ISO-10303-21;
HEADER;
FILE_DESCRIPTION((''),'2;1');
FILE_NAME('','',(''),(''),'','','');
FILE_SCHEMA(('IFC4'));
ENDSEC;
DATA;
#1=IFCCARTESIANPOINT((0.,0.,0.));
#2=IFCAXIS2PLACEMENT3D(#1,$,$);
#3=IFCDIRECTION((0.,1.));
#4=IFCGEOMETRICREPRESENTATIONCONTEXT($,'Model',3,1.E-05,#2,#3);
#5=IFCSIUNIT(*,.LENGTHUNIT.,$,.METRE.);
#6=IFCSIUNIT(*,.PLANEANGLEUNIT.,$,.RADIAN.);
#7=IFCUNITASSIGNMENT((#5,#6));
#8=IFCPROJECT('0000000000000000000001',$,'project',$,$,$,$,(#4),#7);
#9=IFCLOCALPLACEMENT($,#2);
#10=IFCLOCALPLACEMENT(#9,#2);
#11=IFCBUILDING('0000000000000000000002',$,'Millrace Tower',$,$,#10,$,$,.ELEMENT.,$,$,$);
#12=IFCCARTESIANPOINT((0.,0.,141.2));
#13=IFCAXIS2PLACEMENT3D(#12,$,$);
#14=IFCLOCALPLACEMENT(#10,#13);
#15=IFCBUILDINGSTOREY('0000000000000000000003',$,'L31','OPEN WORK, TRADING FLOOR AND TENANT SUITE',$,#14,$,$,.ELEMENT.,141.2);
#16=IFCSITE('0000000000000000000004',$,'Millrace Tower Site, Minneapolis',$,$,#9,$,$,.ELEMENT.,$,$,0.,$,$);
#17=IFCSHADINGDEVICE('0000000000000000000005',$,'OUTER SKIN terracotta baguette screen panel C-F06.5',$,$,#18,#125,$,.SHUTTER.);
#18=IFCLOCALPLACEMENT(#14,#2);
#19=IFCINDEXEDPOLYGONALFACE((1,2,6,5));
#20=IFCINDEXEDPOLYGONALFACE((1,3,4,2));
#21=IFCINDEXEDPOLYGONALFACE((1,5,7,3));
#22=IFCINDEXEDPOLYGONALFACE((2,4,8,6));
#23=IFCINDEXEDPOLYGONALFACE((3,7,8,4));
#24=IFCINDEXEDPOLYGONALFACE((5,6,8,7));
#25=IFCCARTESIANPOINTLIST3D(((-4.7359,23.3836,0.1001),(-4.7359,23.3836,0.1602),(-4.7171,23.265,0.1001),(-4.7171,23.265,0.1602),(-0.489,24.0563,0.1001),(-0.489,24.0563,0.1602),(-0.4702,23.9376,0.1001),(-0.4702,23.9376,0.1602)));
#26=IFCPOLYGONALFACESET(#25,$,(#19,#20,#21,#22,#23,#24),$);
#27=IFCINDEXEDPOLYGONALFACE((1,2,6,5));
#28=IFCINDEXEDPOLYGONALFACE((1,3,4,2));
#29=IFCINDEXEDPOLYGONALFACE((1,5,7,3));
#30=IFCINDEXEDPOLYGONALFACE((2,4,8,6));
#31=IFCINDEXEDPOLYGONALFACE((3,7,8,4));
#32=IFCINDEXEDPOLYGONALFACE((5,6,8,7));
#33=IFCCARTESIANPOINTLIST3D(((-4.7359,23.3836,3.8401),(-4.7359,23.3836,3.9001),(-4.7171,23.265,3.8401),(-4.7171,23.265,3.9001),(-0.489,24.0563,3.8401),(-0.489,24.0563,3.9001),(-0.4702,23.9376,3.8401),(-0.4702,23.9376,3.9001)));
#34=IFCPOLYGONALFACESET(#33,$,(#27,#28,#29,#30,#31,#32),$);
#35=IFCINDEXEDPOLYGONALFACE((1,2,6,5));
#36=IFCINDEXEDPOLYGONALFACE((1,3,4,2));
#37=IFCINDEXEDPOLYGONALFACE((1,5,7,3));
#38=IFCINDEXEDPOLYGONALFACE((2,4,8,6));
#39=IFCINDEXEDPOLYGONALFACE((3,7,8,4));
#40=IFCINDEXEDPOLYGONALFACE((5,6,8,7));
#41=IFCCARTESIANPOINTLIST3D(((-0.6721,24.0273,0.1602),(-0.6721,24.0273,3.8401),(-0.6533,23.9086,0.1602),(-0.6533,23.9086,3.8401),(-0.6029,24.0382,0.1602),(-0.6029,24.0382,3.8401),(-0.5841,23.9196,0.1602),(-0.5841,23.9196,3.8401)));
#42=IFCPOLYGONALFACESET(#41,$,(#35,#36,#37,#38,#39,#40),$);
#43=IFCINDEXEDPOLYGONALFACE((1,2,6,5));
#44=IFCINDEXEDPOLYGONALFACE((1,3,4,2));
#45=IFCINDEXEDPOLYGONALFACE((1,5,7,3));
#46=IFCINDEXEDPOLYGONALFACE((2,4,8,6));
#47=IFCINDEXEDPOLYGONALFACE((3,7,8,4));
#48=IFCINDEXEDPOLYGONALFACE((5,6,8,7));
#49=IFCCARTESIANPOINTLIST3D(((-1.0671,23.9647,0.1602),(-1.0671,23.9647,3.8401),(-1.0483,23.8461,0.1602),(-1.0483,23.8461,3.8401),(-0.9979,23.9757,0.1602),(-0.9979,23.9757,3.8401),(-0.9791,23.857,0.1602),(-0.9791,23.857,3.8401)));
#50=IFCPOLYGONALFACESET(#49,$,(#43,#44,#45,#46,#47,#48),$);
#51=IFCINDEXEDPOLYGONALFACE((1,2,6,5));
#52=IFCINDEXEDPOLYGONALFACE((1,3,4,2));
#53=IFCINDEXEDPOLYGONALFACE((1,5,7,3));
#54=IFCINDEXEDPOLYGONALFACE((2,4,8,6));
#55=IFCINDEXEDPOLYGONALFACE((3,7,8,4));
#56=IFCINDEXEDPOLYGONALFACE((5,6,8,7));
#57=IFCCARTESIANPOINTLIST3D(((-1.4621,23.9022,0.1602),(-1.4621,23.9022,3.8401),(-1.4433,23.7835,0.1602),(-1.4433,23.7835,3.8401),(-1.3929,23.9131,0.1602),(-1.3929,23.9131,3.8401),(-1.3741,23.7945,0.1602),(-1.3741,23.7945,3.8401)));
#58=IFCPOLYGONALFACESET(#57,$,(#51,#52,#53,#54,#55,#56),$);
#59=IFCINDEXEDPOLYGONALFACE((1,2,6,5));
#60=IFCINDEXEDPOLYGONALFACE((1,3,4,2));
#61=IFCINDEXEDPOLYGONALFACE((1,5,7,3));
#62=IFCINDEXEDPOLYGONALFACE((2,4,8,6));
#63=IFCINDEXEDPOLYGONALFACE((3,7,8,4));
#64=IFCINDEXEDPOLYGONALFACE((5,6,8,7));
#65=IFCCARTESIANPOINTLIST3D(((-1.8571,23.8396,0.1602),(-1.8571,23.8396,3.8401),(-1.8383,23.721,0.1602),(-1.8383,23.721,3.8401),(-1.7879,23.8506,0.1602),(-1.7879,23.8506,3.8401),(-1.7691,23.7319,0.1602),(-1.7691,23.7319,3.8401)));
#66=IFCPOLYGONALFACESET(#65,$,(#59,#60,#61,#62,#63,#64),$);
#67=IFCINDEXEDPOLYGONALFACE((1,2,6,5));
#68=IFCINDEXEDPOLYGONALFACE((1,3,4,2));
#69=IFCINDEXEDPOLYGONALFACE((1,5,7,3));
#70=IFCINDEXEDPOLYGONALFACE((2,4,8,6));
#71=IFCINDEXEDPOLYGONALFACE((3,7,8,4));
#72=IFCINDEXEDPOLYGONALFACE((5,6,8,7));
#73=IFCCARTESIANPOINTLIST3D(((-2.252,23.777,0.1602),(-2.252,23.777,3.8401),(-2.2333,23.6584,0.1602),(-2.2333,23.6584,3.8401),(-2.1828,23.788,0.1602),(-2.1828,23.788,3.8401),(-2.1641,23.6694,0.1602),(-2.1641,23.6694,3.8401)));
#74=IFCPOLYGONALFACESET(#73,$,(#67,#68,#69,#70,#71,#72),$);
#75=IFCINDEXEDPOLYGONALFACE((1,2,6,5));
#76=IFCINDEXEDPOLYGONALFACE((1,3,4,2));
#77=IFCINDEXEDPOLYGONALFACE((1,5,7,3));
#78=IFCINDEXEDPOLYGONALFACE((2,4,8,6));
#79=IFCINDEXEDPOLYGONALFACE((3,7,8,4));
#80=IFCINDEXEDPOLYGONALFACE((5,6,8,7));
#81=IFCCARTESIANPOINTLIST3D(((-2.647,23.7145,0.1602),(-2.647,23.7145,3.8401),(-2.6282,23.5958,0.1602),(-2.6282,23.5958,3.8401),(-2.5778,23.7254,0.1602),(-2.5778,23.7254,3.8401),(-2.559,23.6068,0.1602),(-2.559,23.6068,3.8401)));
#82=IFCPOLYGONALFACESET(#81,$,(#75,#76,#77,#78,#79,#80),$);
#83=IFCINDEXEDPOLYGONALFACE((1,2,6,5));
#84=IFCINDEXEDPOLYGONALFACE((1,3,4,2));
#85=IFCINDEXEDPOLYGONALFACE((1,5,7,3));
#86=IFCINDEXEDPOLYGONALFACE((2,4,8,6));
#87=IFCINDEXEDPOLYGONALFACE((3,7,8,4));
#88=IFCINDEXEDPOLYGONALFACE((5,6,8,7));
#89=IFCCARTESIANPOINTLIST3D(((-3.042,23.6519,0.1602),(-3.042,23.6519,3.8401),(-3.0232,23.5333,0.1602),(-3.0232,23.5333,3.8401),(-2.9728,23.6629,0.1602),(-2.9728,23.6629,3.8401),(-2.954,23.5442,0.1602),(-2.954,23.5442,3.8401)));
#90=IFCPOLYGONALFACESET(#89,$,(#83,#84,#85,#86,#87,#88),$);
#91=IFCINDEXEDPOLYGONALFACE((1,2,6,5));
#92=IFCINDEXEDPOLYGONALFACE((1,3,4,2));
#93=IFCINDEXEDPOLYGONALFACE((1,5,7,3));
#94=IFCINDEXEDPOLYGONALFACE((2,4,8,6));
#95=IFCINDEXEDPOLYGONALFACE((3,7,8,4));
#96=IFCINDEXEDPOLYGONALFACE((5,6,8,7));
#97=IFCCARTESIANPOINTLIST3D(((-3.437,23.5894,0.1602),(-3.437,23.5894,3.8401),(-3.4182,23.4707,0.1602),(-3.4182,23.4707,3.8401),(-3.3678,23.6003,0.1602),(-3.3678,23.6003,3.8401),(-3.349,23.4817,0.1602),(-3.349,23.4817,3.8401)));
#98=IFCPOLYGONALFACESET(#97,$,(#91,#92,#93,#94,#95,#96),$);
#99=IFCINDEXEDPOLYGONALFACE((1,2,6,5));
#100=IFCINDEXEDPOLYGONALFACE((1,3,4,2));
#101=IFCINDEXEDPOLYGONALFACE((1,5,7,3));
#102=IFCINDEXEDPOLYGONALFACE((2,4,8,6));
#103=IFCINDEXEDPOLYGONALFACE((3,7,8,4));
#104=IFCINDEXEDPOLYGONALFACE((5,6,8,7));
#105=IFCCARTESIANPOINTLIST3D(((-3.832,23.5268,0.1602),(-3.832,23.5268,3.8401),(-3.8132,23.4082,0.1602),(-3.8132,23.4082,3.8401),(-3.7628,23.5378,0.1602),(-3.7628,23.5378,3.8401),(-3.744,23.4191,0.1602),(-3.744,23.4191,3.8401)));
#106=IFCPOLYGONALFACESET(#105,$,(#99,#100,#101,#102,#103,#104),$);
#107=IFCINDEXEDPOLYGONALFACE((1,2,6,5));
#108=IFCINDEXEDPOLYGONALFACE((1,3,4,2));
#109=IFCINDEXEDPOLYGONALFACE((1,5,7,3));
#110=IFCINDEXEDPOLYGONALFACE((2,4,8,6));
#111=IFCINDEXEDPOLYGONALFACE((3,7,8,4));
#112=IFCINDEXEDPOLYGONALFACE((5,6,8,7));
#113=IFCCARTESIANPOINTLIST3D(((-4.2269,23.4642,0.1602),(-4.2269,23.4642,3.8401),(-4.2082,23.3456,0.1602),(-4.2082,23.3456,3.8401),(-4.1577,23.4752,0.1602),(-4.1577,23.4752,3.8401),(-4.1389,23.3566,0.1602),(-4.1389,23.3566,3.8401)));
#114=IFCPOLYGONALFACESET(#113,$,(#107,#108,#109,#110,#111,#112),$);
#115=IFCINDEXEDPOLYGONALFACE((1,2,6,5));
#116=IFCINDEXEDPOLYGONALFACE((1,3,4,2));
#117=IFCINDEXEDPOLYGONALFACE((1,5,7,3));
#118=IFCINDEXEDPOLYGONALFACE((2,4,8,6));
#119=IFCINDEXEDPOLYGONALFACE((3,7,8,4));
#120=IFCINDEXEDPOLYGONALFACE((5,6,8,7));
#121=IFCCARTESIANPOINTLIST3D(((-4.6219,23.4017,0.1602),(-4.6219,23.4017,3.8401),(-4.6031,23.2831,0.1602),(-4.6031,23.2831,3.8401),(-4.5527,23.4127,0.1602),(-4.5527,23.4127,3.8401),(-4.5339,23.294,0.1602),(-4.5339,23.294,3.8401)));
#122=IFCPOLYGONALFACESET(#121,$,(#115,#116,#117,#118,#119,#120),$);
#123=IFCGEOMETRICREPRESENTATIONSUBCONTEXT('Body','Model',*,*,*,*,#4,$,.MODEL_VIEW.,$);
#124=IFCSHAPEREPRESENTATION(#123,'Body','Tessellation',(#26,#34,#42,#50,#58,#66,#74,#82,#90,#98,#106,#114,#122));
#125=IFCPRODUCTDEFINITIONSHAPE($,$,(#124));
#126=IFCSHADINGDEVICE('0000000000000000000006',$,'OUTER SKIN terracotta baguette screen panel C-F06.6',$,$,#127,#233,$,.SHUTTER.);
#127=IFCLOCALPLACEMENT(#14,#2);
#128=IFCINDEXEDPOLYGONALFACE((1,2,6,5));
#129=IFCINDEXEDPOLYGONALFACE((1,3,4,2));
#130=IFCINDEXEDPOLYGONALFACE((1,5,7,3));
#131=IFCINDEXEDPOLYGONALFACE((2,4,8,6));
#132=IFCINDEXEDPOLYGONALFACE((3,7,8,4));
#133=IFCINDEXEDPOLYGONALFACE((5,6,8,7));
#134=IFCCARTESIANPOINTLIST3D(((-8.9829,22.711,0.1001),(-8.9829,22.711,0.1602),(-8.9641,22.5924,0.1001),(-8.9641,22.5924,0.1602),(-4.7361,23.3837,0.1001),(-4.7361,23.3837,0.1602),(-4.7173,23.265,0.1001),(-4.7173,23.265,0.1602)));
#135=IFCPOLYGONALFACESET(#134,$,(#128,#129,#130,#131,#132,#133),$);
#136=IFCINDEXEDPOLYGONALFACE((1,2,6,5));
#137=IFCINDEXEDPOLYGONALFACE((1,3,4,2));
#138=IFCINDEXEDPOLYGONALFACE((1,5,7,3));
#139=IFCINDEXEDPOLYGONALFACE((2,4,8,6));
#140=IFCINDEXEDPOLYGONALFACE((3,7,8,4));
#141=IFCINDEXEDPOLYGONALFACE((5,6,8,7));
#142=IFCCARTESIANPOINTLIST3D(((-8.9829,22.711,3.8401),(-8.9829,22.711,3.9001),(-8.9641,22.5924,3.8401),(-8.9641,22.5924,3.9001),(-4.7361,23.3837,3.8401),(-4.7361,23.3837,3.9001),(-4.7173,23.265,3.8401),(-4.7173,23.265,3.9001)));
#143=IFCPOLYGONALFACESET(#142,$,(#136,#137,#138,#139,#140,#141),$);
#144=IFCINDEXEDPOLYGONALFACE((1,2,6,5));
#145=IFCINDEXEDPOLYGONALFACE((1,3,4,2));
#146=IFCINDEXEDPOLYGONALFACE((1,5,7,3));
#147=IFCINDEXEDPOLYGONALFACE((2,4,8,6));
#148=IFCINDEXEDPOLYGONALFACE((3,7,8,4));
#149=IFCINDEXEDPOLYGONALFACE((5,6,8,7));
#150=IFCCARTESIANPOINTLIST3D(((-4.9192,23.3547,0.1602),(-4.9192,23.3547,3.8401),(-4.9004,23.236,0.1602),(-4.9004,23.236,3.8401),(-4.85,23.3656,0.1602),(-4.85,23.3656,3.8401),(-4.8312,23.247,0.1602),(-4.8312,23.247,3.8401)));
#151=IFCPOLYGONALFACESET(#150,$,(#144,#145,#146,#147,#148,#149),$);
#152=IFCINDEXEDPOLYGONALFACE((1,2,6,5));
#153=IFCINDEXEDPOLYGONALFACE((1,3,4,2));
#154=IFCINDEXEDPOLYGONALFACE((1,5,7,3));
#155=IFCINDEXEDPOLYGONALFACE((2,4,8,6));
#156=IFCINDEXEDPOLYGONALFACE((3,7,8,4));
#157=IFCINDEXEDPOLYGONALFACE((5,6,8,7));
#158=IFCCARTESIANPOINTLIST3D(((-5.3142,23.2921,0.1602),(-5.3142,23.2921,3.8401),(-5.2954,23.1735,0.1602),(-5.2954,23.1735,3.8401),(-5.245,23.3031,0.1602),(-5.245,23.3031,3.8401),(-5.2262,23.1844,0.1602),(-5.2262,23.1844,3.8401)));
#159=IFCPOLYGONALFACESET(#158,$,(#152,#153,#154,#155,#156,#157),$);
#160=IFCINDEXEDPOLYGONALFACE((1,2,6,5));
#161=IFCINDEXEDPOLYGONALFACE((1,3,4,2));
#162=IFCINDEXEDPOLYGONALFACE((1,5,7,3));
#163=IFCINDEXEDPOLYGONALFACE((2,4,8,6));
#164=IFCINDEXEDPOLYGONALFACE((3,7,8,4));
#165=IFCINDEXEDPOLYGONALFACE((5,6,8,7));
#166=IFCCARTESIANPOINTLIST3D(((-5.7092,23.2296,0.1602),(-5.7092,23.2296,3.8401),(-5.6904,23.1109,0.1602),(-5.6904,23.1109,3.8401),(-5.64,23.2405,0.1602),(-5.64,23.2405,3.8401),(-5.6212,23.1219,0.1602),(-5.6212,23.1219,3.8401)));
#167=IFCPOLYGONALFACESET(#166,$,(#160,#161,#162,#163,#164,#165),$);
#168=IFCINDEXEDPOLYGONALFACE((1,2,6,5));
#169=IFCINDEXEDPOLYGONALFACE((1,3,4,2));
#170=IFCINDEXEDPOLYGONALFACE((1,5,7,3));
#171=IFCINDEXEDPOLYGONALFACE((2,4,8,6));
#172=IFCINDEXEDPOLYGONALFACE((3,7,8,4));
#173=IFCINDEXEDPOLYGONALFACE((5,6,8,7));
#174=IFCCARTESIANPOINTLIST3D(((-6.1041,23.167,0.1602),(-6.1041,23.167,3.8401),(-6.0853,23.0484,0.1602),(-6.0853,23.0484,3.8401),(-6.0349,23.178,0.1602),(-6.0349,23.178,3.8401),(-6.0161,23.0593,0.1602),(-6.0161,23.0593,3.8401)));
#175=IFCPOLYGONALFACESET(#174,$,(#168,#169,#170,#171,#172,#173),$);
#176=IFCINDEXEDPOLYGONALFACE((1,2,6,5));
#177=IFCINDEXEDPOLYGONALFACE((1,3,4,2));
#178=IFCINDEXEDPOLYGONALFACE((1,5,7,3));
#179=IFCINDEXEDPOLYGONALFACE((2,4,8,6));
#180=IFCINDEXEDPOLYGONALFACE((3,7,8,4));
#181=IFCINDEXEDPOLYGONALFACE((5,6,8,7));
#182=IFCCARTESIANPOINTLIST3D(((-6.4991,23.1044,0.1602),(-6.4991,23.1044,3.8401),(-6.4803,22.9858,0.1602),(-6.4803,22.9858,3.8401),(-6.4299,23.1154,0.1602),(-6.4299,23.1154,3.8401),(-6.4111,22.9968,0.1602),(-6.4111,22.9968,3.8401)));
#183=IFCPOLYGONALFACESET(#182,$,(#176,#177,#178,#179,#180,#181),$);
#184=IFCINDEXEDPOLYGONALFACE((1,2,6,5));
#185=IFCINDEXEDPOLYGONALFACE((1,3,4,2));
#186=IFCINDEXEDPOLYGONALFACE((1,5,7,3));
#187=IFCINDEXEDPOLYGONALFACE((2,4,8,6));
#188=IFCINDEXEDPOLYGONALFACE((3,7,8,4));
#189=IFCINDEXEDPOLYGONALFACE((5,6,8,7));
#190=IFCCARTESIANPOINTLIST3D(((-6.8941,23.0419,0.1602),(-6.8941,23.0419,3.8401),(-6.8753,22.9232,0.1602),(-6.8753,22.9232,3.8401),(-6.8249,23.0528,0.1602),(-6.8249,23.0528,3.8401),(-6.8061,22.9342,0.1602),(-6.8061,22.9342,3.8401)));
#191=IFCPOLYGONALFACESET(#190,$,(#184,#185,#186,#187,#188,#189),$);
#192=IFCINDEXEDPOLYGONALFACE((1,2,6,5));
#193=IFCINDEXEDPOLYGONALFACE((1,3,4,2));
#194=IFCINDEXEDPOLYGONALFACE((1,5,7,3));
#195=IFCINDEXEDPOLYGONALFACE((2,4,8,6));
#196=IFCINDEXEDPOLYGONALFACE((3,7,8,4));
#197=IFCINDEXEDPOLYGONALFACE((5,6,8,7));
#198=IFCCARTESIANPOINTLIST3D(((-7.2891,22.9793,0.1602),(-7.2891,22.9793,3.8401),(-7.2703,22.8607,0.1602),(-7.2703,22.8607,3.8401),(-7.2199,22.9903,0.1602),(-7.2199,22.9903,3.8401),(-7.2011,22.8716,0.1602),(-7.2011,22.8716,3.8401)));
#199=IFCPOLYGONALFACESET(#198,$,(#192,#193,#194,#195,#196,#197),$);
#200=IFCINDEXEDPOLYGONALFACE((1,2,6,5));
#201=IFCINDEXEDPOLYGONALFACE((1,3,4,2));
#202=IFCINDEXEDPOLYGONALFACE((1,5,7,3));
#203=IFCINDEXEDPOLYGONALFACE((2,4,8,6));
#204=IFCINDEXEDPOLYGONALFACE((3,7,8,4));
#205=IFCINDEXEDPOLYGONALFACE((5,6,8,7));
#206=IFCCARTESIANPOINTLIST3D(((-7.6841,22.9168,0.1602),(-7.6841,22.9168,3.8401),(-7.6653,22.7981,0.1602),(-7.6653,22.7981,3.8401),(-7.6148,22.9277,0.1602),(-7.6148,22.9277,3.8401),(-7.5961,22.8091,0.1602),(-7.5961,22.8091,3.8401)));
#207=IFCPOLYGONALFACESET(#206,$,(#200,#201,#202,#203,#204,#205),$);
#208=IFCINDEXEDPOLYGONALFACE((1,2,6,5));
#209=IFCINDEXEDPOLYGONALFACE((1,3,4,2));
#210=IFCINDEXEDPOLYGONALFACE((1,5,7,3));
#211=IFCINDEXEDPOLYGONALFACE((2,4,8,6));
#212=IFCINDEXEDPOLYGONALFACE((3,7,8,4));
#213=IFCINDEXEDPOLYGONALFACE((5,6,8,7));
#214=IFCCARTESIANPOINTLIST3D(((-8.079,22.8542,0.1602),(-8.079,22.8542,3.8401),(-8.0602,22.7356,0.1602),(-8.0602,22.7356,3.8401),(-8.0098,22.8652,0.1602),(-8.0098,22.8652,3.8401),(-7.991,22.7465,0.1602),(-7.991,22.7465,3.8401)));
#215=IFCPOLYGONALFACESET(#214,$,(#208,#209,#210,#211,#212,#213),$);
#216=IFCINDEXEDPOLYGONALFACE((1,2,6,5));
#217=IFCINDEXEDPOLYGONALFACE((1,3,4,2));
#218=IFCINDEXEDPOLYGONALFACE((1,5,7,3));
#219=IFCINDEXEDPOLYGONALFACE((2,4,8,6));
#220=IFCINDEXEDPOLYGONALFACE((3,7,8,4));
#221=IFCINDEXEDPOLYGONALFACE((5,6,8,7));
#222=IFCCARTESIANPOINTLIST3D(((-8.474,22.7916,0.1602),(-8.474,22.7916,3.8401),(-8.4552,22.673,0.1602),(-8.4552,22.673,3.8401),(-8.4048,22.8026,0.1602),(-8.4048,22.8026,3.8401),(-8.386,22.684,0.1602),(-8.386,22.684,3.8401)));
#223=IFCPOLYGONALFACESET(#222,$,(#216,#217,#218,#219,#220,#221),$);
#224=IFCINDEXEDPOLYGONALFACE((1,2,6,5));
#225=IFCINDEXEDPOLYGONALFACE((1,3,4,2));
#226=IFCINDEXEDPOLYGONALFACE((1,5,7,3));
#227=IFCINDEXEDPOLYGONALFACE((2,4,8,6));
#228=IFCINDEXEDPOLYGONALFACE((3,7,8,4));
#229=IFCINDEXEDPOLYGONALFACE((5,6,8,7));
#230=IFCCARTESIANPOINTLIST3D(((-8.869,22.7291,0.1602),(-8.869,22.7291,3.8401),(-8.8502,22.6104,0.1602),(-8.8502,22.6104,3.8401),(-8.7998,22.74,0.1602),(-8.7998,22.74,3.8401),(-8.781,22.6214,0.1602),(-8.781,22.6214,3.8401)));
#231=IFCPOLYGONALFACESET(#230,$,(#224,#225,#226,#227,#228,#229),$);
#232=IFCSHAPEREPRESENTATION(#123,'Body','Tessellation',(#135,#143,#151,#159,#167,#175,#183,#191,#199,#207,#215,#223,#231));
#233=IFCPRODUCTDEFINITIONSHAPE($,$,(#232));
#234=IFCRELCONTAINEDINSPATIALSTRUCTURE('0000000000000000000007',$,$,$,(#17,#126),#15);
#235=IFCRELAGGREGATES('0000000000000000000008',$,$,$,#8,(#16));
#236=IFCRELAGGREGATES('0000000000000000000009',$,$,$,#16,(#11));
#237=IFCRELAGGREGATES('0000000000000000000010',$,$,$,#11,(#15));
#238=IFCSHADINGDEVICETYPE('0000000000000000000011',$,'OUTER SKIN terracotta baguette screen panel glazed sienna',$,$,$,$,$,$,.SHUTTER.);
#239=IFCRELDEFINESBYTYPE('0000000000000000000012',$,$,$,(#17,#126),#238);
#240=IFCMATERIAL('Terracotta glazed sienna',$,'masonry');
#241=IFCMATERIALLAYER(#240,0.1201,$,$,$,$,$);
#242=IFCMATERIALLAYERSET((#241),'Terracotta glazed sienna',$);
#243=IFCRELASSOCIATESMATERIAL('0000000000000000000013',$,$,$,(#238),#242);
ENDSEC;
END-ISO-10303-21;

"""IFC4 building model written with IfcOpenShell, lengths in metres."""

from ifc_helpers import new_model, entity, si_unit, direction, frame, frame_2d, origin, origin_2d, place, context, subcontext, project, spatial, rectangle, extrude, source, transform, mapped, material, layer, layer_set, type_object, element, save


model = new_model("IFC4")

# Units and contexts
model_context = context("Model", 3, precision=1e-05, world=origin(), true_north=direction((0.0, 1.0)))
body_context = subcontext(model_context, "Body", "Model", "MODEL_VIEW")
ifc_project = project(units=[si_unit("LENGTHUNIT", "METRE"), si_unit("PLANEANGLEUNIT", "RADIAN")], contexts=[model_context])

# Site, building, storey
site_placement = place(None, origin())
site = spatial("IfcSite", under=ifc_project, at=site_placement, Name="Millrace Tower Site, Minneapolis", CompositionType="ELEMENT", RefElevation=0.0)
building_placement = place(site_placement, origin())
building = spatial("IfcBuilding", under=site, at=building_placement, Name="Millrace Tower", CompositionType="ELEMENT")
storey_placement = place(building_placement, frame((0.0, 0.0, 141.2)))
storey = spatial("IfcBuildingStorey", under=building, at=storey_placement, Name="L31", Description="OPEN WORK, TRADING FLOOR AND TENANT SUITE", CompositionType="ELEMENT", Elevation=141.2)

# Shading devices
ifc_material_1 = material(Name="Terracotta glazed sienna", Category="masonry")
ifc_layer_1 = layer(ifc_material_1, 0.1201)
ifc_layer_set_1 = layer_set([ifc_layer_1], Name="Terracotta glazed sienna")
shading_device_type = type_object("IfcShadingDeviceType", Name="OUTER SKIN terracotta baguette screen panel glazed sienna", PredefinedType="SHUTTER", material=ifc_layer_set_1)
cartesian_point = entity("IfcCartesianPoint", [-2.1499, 0.0601])
shared_polyline = entity("IfcPolyline", [cartesian_point, entity("IfcCartesianPoint", [2.1499, 0.0601]), entity("IfcCartesianPoint", [2.1499, -0.0601]), entity("IfcCartesianPoint", [-2.1499, -0.0601]), cartesian_point])
shared_shape = source(origin(), body_context, "Body", "SweptSolid", [
    entity("IfcExtrudedAreaSolid", entity("IfcArbitraryClosedProfileDef", "AREA", None, shared_polyline), entity("IfcAxis2Placement3D", entity("IfcCartesianPoint", [0.0, 0.0, 0.0])), entity("IfcDirection", [0.0, 0.0, 1.0]), 0.0601),
    entity("IfcExtrudedAreaSolid", entity("IfcArbitraryClosedProfileDef", "AREA", None, shared_polyline), entity("IfcAxis2Placement3D", entity("IfcCartesianPoint", [0.0, 0.0, 3.74])), entity("IfcDirection", [0.0, 0.0, 1.0]), 0.0601),
    extrude(rectangle(XDim=0.0701, YDim=0.1201, at=frame_2d((-1.9995, 0.0))), frame((0.0, 0.0, 0.0601)), (0.0, 0.0, 1.0), 3.6799),
    extrude(rectangle(XDim=0.0701, YDim=0.1201, at=frame_2d((-1.5996, 0.0))), frame((0.0, 0.0, 0.0601)), (0.0, 0.0, 1.0), 3.6799),
    extrude(rectangle(XDim=0.0701, YDim=0.1201, at=frame_2d((-1.1997, 0.0))), frame((0.0, 0.0, 0.0601)), (0.0, 0.0, 1.0), 3.6799),
    extrude(rectangle(XDim=0.0701, YDim=0.1201, at=frame_2d((-0.7998, 0.0))), frame((0.0, 0.0, 0.0601)), (0.0, 0.0, 1.0), 3.6799),
    extrude(rectangle(XDim=0.0701, YDim=0.1201, at=frame_2d((-0.3999, 0.0))), frame((0.0, 0.0, 0.0601)), (0.0, 0.0, 1.0), 3.6799),
    extrude(rectangle(XDim=0.0701, YDim=0.1201, at=origin_2d()), frame((0.0, 0.0, 0.0601)), (0.0, 0.0, 1.0), 3.6799),
    extrude(rectangle(XDim=0.0701, YDim=0.1201, at=frame_2d((0.3999, 0.0))), frame((0.0, 0.0, 0.0601)), (0.0, 0.0, 1.0), 3.6799),
    extrude(rectangle(XDim=0.0701, YDim=0.1201, at=frame_2d((0.7998, 0.0))), frame((0.0, 0.0, 0.0601)), (0.0, 0.0, 1.0), 3.6799),
    extrude(rectangle(XDim=0.0701, YDim=0.1201, at=frame_2d((1.1997, 0.0))), frame((0.0, 0.0, 0.0601)), (0.0, 0.0, 1.0), 3.6799),
    extrude(rectangle(XDim=0.0701, YDim=0.1201, at=frame_2d((1.5996, 0.0))), frame((0.0, 0.0, 0.0601)), (0.0, 0.0, 1.0), 3.6799),
    extrude(rectangle(XDim=0.0701, YDim=0.1201, at=frame_2d((1.9995, 0.0))), frame((0.0, 0.0, 0.0601)), (0.0, 0.0, 1.0), 3.6799),
])
for number, where, z_axis, x_axis, name in (
    (1, (-2.603, 23.6606, 0.1001), (0.0, 0.0, 1.0), (-0.987688, -0.156434, 0.0), "OUTER SKIN terracotta baguette screen panel C-F06.5"),
    (2, (-6.8501, 22.988, 0.1001), (0.0, 0.0, 1.0), (-0.987688, -0.156434, 0.0), "OUTER SKIN terracotta baguette screen panel C-F06.6"),
):
    element("IfcShadingDevice", number, at=place(storey_placement, frame(where, z_axis=z_axis, x_axis=x_axis)), inside=storey, type_object=shading_device_type, Name=name, PredefinedType="SHUTTER", context=body_context, shape_type="MappedRepresentation", body=[
        mapped(shared_shape, transform((0.0, 0.0, 0.0), scale=1.0)),
    ])

save(model, "model.ifc")
